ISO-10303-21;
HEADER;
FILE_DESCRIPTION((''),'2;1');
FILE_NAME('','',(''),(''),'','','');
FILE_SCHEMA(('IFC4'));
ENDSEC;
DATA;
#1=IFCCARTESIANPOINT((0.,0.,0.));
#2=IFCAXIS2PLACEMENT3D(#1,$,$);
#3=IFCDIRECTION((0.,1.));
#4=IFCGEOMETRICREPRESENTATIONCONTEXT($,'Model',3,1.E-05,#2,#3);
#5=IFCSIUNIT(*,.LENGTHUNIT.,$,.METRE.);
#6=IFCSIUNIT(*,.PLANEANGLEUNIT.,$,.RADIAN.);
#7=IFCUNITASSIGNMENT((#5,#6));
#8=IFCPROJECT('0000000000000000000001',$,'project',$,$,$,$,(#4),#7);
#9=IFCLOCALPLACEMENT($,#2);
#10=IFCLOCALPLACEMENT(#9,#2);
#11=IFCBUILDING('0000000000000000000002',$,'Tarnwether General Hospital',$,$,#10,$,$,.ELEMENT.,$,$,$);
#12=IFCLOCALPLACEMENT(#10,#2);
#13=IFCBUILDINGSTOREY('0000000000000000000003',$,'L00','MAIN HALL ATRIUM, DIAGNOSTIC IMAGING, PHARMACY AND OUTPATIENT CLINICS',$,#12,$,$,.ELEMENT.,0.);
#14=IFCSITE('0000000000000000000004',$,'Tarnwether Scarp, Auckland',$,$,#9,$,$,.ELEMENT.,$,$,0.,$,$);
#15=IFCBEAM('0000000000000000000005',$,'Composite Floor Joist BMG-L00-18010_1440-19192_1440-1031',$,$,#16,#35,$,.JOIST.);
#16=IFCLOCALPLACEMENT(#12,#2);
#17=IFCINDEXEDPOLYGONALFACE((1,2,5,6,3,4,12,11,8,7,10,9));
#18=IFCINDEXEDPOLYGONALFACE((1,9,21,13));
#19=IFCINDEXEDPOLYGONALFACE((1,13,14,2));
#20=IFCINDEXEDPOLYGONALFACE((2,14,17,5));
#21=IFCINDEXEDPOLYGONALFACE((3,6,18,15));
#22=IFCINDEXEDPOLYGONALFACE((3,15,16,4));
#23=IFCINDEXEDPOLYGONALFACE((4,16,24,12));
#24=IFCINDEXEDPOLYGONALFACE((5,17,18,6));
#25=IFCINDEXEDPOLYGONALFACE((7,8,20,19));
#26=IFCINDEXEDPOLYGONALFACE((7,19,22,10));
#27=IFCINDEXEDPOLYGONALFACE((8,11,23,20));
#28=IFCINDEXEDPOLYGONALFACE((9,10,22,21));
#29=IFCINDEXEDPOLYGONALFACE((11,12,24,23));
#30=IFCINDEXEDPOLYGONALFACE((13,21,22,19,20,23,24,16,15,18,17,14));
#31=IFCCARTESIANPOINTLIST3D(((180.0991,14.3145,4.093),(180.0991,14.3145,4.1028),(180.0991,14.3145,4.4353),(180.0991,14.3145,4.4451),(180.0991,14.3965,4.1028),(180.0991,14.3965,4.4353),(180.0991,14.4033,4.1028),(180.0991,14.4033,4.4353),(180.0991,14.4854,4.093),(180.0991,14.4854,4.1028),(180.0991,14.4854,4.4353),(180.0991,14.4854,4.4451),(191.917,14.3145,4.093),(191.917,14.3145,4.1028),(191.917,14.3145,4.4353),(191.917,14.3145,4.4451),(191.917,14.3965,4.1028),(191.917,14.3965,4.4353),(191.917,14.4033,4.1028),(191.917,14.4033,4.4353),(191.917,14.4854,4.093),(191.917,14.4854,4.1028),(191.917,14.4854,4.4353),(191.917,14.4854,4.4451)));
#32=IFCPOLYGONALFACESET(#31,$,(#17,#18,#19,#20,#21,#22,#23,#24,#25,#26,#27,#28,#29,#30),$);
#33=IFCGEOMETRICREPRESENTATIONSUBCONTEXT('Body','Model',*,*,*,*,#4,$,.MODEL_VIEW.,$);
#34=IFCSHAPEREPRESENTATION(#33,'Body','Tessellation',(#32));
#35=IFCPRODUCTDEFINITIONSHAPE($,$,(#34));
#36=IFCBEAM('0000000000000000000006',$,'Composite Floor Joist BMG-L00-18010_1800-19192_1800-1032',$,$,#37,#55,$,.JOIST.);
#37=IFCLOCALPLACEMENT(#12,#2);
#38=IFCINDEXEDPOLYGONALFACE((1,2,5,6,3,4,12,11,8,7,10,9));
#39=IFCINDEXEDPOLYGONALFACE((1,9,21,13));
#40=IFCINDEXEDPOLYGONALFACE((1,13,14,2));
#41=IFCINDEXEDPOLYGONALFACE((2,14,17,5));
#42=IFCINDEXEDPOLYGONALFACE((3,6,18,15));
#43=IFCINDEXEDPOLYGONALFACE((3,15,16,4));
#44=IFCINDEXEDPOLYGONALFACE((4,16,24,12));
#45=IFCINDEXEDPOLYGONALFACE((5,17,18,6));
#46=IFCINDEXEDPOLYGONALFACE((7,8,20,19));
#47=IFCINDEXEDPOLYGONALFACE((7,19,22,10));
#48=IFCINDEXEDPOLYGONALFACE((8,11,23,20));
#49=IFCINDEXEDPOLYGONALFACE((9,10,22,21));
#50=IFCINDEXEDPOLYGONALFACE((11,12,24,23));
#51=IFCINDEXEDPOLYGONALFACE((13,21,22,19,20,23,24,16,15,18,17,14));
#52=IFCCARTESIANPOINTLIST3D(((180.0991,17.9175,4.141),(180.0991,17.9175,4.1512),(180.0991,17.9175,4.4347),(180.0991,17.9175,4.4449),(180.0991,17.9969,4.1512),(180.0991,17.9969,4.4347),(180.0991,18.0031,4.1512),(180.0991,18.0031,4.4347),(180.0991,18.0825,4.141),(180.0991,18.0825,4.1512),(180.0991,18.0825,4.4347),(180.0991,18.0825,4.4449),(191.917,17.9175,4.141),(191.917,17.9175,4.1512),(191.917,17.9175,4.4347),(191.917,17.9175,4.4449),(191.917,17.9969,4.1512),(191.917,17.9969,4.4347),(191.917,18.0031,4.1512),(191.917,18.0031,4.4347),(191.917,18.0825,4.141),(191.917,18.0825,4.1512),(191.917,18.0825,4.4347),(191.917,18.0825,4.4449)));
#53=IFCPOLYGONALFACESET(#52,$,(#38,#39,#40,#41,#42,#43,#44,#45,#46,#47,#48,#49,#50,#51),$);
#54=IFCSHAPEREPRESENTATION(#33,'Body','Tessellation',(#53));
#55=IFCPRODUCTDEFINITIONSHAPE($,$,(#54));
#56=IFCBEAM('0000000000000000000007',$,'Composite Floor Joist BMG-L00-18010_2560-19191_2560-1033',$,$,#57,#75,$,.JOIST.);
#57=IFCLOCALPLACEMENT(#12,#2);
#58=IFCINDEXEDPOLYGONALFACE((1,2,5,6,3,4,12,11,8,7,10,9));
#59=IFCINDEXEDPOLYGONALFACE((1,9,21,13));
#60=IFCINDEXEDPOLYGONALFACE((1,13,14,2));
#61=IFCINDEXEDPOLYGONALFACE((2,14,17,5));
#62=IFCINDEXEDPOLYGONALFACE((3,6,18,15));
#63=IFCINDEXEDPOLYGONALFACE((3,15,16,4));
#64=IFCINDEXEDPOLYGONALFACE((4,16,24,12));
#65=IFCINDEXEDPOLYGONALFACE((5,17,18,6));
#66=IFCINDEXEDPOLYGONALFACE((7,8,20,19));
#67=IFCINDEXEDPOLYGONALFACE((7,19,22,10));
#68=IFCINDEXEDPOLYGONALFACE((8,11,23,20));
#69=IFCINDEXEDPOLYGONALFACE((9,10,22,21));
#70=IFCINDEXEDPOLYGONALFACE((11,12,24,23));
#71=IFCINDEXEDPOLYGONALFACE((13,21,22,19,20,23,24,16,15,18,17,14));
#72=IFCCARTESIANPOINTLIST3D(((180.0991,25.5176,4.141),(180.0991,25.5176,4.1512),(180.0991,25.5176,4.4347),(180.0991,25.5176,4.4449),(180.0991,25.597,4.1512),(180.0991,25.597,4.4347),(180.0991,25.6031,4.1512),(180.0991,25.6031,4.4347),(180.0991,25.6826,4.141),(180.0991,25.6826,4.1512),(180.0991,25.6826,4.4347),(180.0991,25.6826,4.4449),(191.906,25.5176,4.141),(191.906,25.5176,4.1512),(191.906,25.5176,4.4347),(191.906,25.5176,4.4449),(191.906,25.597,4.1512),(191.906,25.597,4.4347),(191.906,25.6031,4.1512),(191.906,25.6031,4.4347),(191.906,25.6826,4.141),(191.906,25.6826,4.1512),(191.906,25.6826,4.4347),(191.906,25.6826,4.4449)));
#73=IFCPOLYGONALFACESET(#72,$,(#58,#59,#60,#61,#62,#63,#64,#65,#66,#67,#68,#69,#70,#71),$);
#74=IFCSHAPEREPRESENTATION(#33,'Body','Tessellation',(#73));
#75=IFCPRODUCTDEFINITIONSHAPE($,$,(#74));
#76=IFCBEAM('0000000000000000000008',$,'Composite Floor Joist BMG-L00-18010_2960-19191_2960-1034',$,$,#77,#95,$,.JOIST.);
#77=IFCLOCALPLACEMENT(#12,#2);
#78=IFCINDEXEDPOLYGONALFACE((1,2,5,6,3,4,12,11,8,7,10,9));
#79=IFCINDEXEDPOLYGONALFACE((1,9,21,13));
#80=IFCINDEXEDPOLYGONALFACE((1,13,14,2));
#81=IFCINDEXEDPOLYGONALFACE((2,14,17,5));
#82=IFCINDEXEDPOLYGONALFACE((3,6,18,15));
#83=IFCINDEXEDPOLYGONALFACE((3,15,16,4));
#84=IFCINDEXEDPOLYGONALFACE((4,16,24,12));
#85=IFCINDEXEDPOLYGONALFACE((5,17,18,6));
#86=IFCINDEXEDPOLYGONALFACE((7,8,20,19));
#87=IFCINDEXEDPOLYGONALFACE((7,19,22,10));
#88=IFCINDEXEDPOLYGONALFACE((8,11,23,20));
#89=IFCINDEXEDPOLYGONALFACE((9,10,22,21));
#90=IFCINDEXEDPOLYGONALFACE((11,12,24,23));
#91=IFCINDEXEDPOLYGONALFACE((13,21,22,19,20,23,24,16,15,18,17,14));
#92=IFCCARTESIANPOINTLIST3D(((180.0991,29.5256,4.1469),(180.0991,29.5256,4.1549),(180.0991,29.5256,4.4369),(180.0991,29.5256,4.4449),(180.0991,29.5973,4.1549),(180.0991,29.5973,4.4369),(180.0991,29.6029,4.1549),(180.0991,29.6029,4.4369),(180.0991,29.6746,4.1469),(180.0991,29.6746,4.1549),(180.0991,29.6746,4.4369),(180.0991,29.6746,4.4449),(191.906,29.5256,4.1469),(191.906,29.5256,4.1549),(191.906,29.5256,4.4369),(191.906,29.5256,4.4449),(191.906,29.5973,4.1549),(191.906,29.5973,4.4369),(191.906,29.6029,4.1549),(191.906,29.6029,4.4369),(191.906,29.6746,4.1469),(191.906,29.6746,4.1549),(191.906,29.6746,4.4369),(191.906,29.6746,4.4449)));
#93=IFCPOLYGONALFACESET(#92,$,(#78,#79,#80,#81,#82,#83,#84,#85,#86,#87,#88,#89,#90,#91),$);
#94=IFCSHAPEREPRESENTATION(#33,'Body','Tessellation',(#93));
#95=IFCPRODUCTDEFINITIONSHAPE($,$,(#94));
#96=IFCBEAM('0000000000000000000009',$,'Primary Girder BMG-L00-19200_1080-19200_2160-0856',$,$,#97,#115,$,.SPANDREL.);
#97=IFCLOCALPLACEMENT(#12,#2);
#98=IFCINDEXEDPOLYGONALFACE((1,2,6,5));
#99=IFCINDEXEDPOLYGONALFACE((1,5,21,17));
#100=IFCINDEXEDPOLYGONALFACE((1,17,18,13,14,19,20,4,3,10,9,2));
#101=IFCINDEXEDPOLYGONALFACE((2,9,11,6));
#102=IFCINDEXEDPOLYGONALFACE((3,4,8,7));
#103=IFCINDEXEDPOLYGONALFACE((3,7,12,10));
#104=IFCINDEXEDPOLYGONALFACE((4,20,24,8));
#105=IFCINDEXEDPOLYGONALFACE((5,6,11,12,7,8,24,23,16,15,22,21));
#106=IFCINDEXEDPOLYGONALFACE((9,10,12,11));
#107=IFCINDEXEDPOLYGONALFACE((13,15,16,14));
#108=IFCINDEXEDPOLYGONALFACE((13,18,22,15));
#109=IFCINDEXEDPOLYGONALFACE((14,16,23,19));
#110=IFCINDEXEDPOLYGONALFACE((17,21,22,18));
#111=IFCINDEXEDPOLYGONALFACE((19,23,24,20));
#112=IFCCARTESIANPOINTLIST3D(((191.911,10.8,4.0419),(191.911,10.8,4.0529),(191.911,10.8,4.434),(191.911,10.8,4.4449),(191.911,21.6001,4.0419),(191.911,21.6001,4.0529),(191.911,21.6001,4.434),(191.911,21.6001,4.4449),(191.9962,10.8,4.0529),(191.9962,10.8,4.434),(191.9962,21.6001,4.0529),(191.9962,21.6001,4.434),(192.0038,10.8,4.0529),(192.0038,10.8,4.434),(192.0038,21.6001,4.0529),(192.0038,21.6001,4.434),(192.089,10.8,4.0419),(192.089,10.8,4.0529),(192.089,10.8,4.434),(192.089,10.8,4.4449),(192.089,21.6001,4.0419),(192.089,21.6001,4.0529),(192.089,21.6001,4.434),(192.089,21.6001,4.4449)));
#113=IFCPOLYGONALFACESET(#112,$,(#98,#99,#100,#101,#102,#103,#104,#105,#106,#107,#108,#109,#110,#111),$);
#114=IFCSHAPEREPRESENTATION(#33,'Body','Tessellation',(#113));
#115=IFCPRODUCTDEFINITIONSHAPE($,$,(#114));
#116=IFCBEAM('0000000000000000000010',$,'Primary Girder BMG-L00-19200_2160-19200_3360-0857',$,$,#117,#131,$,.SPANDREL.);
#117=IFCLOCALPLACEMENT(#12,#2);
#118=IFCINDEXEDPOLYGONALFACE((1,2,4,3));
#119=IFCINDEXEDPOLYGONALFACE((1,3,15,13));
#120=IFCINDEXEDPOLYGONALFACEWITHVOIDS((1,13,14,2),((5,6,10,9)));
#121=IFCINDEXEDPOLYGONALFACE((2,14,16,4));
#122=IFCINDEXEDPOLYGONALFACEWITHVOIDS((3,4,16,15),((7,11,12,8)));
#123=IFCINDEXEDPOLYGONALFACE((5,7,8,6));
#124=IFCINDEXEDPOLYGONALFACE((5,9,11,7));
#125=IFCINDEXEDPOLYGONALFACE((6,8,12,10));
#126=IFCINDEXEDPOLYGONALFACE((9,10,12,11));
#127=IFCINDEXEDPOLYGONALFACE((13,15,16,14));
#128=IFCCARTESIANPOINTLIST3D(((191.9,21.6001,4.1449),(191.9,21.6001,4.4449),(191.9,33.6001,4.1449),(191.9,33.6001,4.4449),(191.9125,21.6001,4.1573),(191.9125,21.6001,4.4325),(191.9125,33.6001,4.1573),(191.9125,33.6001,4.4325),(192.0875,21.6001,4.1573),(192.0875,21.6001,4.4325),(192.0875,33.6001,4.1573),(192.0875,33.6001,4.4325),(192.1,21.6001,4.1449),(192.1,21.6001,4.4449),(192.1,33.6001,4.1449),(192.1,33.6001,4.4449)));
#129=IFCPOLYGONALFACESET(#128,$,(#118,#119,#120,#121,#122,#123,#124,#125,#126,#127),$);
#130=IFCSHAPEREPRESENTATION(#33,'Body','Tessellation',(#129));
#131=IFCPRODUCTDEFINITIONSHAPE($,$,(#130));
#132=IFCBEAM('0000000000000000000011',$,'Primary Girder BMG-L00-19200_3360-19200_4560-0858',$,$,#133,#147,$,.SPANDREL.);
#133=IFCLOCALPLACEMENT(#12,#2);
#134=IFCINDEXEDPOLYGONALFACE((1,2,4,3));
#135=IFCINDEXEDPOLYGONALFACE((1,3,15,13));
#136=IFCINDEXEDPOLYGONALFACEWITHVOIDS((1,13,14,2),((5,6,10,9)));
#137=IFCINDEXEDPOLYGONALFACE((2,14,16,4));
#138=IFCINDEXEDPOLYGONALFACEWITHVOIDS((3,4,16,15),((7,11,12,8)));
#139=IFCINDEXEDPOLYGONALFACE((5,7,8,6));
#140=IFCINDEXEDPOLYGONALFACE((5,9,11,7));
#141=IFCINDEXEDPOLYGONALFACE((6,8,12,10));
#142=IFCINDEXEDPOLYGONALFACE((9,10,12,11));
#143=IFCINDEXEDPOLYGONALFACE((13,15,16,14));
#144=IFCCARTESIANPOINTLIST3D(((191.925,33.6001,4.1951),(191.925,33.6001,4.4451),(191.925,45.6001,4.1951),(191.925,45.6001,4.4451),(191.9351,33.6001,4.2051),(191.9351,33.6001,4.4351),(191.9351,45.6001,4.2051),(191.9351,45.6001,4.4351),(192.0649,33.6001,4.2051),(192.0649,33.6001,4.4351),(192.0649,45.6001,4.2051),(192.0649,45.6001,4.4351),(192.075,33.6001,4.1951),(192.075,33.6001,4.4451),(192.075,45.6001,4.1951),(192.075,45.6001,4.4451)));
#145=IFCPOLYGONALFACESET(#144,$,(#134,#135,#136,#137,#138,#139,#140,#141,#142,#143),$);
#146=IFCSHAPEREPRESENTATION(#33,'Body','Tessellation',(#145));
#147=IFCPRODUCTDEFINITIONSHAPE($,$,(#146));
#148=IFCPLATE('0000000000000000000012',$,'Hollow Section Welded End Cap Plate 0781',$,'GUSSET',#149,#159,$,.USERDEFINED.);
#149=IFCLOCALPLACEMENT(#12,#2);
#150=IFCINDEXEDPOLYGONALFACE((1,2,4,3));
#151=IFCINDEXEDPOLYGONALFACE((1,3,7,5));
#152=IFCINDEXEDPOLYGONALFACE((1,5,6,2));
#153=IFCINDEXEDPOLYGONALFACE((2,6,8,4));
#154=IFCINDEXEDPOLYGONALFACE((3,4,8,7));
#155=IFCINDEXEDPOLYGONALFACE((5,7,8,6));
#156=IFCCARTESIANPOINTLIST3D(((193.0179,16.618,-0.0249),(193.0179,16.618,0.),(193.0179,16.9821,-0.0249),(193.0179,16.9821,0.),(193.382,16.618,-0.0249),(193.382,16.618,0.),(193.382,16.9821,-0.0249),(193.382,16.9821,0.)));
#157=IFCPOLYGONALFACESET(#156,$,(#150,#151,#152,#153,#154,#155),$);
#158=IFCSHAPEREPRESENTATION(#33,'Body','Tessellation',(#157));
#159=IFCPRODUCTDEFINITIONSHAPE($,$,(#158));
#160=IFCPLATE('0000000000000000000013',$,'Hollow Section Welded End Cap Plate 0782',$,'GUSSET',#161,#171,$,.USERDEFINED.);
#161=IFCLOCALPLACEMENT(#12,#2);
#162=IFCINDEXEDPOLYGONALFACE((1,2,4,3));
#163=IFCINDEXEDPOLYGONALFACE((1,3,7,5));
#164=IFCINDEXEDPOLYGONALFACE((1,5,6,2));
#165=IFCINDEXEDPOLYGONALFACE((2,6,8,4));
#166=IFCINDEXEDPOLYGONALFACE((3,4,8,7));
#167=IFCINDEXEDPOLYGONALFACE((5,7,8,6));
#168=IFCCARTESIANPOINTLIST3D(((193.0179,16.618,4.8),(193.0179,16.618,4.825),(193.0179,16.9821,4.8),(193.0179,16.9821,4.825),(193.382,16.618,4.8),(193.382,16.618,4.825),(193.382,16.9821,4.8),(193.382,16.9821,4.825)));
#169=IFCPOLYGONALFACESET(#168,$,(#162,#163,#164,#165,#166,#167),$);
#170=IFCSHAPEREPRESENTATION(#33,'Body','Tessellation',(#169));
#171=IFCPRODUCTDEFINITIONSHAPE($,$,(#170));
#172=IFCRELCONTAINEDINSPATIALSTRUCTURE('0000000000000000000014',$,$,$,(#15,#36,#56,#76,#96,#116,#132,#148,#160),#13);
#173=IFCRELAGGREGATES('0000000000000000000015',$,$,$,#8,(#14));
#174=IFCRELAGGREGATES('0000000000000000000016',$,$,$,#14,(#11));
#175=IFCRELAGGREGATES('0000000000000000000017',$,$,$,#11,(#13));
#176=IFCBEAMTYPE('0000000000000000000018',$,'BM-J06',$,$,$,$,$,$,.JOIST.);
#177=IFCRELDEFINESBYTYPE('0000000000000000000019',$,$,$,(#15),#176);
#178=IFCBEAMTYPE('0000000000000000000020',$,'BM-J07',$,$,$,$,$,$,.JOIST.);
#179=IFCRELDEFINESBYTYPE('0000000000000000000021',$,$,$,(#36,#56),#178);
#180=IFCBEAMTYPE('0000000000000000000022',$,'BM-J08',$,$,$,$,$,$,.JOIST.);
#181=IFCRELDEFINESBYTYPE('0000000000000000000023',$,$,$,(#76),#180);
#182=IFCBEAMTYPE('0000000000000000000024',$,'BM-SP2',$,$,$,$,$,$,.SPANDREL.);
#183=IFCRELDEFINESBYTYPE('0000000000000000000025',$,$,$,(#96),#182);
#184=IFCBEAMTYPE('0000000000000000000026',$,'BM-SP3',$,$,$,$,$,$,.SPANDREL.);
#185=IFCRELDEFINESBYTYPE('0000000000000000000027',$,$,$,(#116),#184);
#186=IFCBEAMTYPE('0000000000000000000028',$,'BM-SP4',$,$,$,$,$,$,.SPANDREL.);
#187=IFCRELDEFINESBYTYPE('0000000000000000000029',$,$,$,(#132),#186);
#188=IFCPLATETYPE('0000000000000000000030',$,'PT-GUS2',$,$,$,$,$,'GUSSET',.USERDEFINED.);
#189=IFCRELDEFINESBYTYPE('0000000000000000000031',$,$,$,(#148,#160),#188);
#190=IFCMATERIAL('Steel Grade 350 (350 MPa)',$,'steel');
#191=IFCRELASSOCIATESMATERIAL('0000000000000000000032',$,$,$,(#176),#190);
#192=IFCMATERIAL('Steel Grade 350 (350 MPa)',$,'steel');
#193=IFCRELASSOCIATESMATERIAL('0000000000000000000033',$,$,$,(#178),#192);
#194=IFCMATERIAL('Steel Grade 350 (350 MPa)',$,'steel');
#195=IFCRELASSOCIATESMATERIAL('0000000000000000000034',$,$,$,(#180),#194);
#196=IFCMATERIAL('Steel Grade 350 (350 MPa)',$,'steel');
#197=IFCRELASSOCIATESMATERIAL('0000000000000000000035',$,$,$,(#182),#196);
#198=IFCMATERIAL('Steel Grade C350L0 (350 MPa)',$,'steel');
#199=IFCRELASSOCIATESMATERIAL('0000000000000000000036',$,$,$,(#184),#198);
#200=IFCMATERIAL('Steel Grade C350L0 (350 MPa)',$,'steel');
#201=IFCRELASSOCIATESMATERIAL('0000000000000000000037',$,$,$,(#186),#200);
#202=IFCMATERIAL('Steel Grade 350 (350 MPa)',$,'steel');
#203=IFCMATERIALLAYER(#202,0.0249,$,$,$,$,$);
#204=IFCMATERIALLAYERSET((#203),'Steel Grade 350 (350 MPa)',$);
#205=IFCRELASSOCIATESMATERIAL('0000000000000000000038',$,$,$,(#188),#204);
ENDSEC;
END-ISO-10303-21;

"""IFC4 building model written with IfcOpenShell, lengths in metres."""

from ifc_helpers import new_model, si_unit, direction, frame, origin, origin_2d, place, context, subcontext, project, spatial, rectangle, hollow_rectangle, i_section, extrude, material, layer, layer_set, material_profile, profile_set, type_object, element, save


model = new_model("IFC4")

# Units and contexts
model_context = context("Model", 3, precision=1e-05, world=origin(), true_north=direction((0.0, 1.0)))
body_context = subcontext(model_context, "Body", "Model", "MODEL_VIEW")
ifc_project = project(units=[si_unit("LENGTHUNIT", "METRE"), si_unit("PLANEANGLEUNIT", "RADIAN")], contexts=[model_context])

# Site, building, storey
site_placement = place(None, origin())
site = spatial("IfcSite", under=ifc_project, at=site_placement, Name="Tarnwether Scarp, Auckland", CompositionType="ELEMENT", RefElevation=0.0)
building_placement = place(site_placement, origin())
building = spatial("IfcBuilding", under=site, at=building_placement, Name="Tarnwether General Hospital", CompositionType="ELEMENT")
storey_placement = place(building_placement, origin())
storey = spatial("IfcBuildingStorey", under=building, at=storey_placement, Name="L00", Description="MAIN HALL ATRIUM, DIAGNOSTIC IMAGING, PHARMACY AND OUTPATIENT CLINICS", CompositionType="ELEMENT", Elevation=0.0)

# Beams
ifc_material_1 = material(Name="Steel Grade 350 (350 MPa)", Category="steel")
ifc_material_profile_1 = material_profile(ifc_material_1, i_section(OverallWidth=0.1709, OverallDepth=0.3521, WebThickness=0.0068, FlangeThickness=0.0098, at=origin_2d()), Name="360UB44.7")
ifc_profile_set_1 = profile_set([ifc_material_profile_1], Name="Steel Grade 350 (350 MPa)")
beam_type_1 = type_object("IfcBeamType", Name="BM-J06", PredefinedType="JOIST", material=ifc_profile_set_1)
beam_1_placement = place(storey_placement, frame((180.0991, 14.3999, 4.269), z_axis=(1.0, 0.0, 0.0), x_axis=(0.0, 1.0, 0.0)))
element("IfcBeam", 1, at=beam_1_placement, inside=storey, type_object=beam_type_1, Name="Composite Floor Joist BMG-L00-18010_1440-19192_1440-1031", PredefinedType="JOIST", context=body_context, shape_type="SweptSolid", body=[
    extrude(i_section(OverallWidth=0.1709, OverallDepth=0.3521, WebThickness=0.0068, FlangeThickness=0.0098, at=origin_2d()), origin(), (0.0, 0.0, 1.0), 11.8179),
])
ifc_material_2 = material(Name="Steel Grade 350 (350 MPa)", Category="steel")
ifc_material_profile_2 = material_profile(ifc_material_2, i_section(OverallWidth=0.165, OverallDepth=0.304, WebThickness=0.0061, FlangeThickness=0.0103, at=origin_2d()), Name="310UB40.4")
ifc_profile_set_2 = profile_set([ifc_material_profile_2], Name="Steel Grade 350 (350 MPa)")
beam_type_2 = type_object("IfcBeamType", Name="BM-J07", PredefinedType="JOIST", material=ifc_profile_set_2)
beam_2_placement = place(storey_placement, frame((180.0991, 18.0, 4.293), z_axis=(1.0, 0.0, 0.0), x_axis=(0.0, 1.0, 0.0)))
element("IfcBeam", 2, at=beam_2_placement, inside=storey, type_object=beam_type_2, Name="Composite Floor Joist BMG-L00-18010_1800-19192_1800-1032", PredefinedType="JOIST", context=body_context, shape_type="SweptSolid", body=[
    extrude(i_section(OverallWidth=0.165, OverallDepth=0.304, WebThickness=0.0061, FlangeThickness=0.0103, at=origin_2d()), origin(), (0.0, 0.0, 1.0), 11.8179),
])
beam_3_placement = place(storey_placement, frame((180.0991, 25.6001, 4.293), z_axis=(1.0, 0.0, 0.0), x_axis=(0.0, 1.0, 0.0)))
element("IfcBeam", 3, at=beam_3_placement, inside=storey, type_object=beam_type_2, Name="Composite Floor Joist BMG-L00-18010_2560-19191_2560-1033", PredefinedType="JOIST", context=body_context, shape_type="SweptSolid", body=[
    extrude(i_section(OverallWidth=0.165, OverallDepth=0.304, WebThickness=0.0061, FlangeThickness=0.0103, at=origin_2d()), origin(), (0.0, 0.0, 1.0), 11.8069),
])
ifc_material_3 = material(Name="Steel Grade 350 (350 MPa)", Category="steel")
ifc_material_profile_3 = material_profile(ifc_material_3, i_section(OverallWidth=0.1489, OverallDepth=0.2981, WebThickness=0.0056, FlangeThickness=0.0081, at=origin_2d()), Name="310UB32.0")
ifc_profile_set_3 = profile_set([ifc_material_profile_3], Name="Steel Grade 350 (350 MPa)")
beam_type_3 = type_object("IfcBeamType", Name="BM-J08", PredefinedType="JOIST", material=ifc_profile_set_3)
beam_4_placement = place(storey_placement, frame((180.0991, 29.6001, 4.2959), z_axis=(1.0, 0.0, 0.0), x_axis=(0.0, 1.0, 0.0)))
element("IfcBeam", 4, at=beam_4_placement, inside=storey, type_object=beam_type_3, Name="Composite Floor Joist BMG-L00-18010_2960-19191_2960-1034", PredefinedType="JOIST", context=body_context, shape_type="SweptSolid", body=[
    extrude(i_section(OverallWidth=0.1489, OverallDepth=0.2981, WebThickness=0.0056, FlangeThickness=0.0081, at=origin_2d()), origin(), (0.0, 0.0, 1.0), 11.8069),
])
ifc_material_4 = material(Name="Steel Grade 350 (350 MPa)", Category="steel")
ifc_material_profile_4 = material_profile(ifc_material_4, i_section(OverallWidth=0.178, OverallDepth=0.4031, WebThickness=0.0076, FlangeThickness=0.011, at=origin_2d()), Name="410UB53.7")
ifc_profile_set_4 = profile_set([ifc_material_profile_4], Name="Steel Grade 350 (350 MPa)")
beam_type_4 = type_object("IfcBeamType", Name="BM-SP2", PredefinedType="SPANDREL", material=ifc_profile_set_4)
beam_5_placement = place(storey_placement, frame((192.0, 10.8, 4.2434), z_axis=(0.0, 1.0, 0.0), x_axis=(-1.0, 0.0, 0.0)))
element("IfcBeam", 5, at=beam_5_placement, inside=storey, type_object=beam_type_4, Name="Primary Girder BMG-L00-19200_1080-19200_2160-0856", PredefinedType="SPANDREL", context=body_context, shape_type="SweptSolid", body=[
    extrude(i_section(OverallWidth=0.178, OverallDepth=0.4031, WebThickness=0.0076, FlangeThickness=0.011, at=origin_2d()), origin(), (0.0, 0.0, 1.0), 10.8),
])
ifc_material_5 = material(Name="Steel Grade C350L0 (350 MPa)", Category="steel")
ifc_material_profile_5 = material_profile(ifc_material_5, hollow_rectangle(XDim=0.2, YDim=0.3, WallThickness=0.0125, at=origin_2d()), Name="RHS300x200x12.5")
ifc_profile_set_5 = profile_set([ifc_material_profile_5], Name="Steel Grade C350L0 (350 MPa)")
beam_type_5 = type_object("IfcBeamType", Name="BM-SP3", PredefinedType="SPANDREL", material=ifc_profile_set_5)
beam_6_placement = place(storey_placement, frame((192.0, 21.6001, 4.2949), z_axis=(0.0, 1.0, 0.0), x_axis=(-1.0, 0.0, 0.0)))
element("IfcBeam", 6, at=beam_6_placement, inside=storey, type_object=beam_type_5, Name="Primary Girder BMG-L00-19200_2160-19200_3360-0857", PredefinedType="SPANDREL", context=body_context, shape_type="SweptSolid", body=[
    extrude(hollow_rectangle(XDim=0.2, YDim=0.3, WallThickness=0.0125, at=origin_2d()), origin(), (0.0, 0.0, 1.0), 12.0),
])
ifc_material_6 = material(Name="Steel Grade C350L0 (350 MPa)", Category="steel")
ifc_material_profile_6 = material_profile(ifc_material_6, hollow_rectangle(XDim=0.1499, YDim=0.25, WallThickness=0.01, at=origin_2d()), Name="RHS250x150x10")
ifc_profile_set_6 = profile_set([ifc_material_profile_6], Name="Steel Grade C350L0 (350 MPa)")
beam_type_6 = type_object("IfcBeamType", Name="BM-SP4", PredefinedType="SPANDREL", material=ifc_profile_set_6)
beam_7_placement = place(storey_placement, frame((192.0, 33.6001, 4.3201), z_axis=(0.0, 1.0, 0.0), x_axis=(-1.0, 0.0, 0.0)))
element("IfcBeam", 7, at=beam_7_placement, inside=storey, type_object=beam_type_6, Name="Primary Girder BMG-L00-19200_3360-19200_4560-0858", PredefinedType="SPANDREL", context=body_context, shape_type="SweptSolid", body=[
    extrude(hollow_rectangle(XDim=0.1499, YDim=0.25, WallThickness=0.01, at=origin_2d()), origin(), (0.0, 0.0, 1.0), 12.0),
])

# Plates
ifc_material_7 = material(Name="Steel Grade 350 (350 MPa)", Category="steel")
ifc_layer_1 = layer(ifc_material_7, 0.0249)
ifc_layer_set_1 = layer_set([ifc_layer_1], Name="Steel Grade 350 (350 MPa)")
plate_type = type_object("IfcPlateType", Name="PT-GUS2", ElementType="GUSSET", PredefinedType="USERDEFINED", material=ifc_layer_set_1)
for number, where, z_axis, x_axis, name in (
    (8, (193.2, 16.8, -0.0249), (0.0, 0.0, 1.0), (1.0, 0.0, 0.0), "Hollow Section Welded End Cap Plate 0781"),
    (9, (193.2, 16.8, 4.8), (0.0, 0.0, 1.0), (1.0, 0.0, 0.0), "Hollow Section Welded End Cap Plate 0782"),
):
    element("IfcPlate", number, at=place(storey_placement, frame(where, z_axis=z_axis, x_axis=x_axis)), inside=storey, type_object=plate_type, Name=name, ObjectType="GUSSET", PredefinedType="USERDEFINED", context=body_context, shape_type="SweptSolid", body=[
        extrude(rectangle(XDim=0.364, YDim=0.364, at=origin_2d()), origin(), (0.0, 0.0, 1.0), 0.0249),
    ])

save(model, "model.ifc")
